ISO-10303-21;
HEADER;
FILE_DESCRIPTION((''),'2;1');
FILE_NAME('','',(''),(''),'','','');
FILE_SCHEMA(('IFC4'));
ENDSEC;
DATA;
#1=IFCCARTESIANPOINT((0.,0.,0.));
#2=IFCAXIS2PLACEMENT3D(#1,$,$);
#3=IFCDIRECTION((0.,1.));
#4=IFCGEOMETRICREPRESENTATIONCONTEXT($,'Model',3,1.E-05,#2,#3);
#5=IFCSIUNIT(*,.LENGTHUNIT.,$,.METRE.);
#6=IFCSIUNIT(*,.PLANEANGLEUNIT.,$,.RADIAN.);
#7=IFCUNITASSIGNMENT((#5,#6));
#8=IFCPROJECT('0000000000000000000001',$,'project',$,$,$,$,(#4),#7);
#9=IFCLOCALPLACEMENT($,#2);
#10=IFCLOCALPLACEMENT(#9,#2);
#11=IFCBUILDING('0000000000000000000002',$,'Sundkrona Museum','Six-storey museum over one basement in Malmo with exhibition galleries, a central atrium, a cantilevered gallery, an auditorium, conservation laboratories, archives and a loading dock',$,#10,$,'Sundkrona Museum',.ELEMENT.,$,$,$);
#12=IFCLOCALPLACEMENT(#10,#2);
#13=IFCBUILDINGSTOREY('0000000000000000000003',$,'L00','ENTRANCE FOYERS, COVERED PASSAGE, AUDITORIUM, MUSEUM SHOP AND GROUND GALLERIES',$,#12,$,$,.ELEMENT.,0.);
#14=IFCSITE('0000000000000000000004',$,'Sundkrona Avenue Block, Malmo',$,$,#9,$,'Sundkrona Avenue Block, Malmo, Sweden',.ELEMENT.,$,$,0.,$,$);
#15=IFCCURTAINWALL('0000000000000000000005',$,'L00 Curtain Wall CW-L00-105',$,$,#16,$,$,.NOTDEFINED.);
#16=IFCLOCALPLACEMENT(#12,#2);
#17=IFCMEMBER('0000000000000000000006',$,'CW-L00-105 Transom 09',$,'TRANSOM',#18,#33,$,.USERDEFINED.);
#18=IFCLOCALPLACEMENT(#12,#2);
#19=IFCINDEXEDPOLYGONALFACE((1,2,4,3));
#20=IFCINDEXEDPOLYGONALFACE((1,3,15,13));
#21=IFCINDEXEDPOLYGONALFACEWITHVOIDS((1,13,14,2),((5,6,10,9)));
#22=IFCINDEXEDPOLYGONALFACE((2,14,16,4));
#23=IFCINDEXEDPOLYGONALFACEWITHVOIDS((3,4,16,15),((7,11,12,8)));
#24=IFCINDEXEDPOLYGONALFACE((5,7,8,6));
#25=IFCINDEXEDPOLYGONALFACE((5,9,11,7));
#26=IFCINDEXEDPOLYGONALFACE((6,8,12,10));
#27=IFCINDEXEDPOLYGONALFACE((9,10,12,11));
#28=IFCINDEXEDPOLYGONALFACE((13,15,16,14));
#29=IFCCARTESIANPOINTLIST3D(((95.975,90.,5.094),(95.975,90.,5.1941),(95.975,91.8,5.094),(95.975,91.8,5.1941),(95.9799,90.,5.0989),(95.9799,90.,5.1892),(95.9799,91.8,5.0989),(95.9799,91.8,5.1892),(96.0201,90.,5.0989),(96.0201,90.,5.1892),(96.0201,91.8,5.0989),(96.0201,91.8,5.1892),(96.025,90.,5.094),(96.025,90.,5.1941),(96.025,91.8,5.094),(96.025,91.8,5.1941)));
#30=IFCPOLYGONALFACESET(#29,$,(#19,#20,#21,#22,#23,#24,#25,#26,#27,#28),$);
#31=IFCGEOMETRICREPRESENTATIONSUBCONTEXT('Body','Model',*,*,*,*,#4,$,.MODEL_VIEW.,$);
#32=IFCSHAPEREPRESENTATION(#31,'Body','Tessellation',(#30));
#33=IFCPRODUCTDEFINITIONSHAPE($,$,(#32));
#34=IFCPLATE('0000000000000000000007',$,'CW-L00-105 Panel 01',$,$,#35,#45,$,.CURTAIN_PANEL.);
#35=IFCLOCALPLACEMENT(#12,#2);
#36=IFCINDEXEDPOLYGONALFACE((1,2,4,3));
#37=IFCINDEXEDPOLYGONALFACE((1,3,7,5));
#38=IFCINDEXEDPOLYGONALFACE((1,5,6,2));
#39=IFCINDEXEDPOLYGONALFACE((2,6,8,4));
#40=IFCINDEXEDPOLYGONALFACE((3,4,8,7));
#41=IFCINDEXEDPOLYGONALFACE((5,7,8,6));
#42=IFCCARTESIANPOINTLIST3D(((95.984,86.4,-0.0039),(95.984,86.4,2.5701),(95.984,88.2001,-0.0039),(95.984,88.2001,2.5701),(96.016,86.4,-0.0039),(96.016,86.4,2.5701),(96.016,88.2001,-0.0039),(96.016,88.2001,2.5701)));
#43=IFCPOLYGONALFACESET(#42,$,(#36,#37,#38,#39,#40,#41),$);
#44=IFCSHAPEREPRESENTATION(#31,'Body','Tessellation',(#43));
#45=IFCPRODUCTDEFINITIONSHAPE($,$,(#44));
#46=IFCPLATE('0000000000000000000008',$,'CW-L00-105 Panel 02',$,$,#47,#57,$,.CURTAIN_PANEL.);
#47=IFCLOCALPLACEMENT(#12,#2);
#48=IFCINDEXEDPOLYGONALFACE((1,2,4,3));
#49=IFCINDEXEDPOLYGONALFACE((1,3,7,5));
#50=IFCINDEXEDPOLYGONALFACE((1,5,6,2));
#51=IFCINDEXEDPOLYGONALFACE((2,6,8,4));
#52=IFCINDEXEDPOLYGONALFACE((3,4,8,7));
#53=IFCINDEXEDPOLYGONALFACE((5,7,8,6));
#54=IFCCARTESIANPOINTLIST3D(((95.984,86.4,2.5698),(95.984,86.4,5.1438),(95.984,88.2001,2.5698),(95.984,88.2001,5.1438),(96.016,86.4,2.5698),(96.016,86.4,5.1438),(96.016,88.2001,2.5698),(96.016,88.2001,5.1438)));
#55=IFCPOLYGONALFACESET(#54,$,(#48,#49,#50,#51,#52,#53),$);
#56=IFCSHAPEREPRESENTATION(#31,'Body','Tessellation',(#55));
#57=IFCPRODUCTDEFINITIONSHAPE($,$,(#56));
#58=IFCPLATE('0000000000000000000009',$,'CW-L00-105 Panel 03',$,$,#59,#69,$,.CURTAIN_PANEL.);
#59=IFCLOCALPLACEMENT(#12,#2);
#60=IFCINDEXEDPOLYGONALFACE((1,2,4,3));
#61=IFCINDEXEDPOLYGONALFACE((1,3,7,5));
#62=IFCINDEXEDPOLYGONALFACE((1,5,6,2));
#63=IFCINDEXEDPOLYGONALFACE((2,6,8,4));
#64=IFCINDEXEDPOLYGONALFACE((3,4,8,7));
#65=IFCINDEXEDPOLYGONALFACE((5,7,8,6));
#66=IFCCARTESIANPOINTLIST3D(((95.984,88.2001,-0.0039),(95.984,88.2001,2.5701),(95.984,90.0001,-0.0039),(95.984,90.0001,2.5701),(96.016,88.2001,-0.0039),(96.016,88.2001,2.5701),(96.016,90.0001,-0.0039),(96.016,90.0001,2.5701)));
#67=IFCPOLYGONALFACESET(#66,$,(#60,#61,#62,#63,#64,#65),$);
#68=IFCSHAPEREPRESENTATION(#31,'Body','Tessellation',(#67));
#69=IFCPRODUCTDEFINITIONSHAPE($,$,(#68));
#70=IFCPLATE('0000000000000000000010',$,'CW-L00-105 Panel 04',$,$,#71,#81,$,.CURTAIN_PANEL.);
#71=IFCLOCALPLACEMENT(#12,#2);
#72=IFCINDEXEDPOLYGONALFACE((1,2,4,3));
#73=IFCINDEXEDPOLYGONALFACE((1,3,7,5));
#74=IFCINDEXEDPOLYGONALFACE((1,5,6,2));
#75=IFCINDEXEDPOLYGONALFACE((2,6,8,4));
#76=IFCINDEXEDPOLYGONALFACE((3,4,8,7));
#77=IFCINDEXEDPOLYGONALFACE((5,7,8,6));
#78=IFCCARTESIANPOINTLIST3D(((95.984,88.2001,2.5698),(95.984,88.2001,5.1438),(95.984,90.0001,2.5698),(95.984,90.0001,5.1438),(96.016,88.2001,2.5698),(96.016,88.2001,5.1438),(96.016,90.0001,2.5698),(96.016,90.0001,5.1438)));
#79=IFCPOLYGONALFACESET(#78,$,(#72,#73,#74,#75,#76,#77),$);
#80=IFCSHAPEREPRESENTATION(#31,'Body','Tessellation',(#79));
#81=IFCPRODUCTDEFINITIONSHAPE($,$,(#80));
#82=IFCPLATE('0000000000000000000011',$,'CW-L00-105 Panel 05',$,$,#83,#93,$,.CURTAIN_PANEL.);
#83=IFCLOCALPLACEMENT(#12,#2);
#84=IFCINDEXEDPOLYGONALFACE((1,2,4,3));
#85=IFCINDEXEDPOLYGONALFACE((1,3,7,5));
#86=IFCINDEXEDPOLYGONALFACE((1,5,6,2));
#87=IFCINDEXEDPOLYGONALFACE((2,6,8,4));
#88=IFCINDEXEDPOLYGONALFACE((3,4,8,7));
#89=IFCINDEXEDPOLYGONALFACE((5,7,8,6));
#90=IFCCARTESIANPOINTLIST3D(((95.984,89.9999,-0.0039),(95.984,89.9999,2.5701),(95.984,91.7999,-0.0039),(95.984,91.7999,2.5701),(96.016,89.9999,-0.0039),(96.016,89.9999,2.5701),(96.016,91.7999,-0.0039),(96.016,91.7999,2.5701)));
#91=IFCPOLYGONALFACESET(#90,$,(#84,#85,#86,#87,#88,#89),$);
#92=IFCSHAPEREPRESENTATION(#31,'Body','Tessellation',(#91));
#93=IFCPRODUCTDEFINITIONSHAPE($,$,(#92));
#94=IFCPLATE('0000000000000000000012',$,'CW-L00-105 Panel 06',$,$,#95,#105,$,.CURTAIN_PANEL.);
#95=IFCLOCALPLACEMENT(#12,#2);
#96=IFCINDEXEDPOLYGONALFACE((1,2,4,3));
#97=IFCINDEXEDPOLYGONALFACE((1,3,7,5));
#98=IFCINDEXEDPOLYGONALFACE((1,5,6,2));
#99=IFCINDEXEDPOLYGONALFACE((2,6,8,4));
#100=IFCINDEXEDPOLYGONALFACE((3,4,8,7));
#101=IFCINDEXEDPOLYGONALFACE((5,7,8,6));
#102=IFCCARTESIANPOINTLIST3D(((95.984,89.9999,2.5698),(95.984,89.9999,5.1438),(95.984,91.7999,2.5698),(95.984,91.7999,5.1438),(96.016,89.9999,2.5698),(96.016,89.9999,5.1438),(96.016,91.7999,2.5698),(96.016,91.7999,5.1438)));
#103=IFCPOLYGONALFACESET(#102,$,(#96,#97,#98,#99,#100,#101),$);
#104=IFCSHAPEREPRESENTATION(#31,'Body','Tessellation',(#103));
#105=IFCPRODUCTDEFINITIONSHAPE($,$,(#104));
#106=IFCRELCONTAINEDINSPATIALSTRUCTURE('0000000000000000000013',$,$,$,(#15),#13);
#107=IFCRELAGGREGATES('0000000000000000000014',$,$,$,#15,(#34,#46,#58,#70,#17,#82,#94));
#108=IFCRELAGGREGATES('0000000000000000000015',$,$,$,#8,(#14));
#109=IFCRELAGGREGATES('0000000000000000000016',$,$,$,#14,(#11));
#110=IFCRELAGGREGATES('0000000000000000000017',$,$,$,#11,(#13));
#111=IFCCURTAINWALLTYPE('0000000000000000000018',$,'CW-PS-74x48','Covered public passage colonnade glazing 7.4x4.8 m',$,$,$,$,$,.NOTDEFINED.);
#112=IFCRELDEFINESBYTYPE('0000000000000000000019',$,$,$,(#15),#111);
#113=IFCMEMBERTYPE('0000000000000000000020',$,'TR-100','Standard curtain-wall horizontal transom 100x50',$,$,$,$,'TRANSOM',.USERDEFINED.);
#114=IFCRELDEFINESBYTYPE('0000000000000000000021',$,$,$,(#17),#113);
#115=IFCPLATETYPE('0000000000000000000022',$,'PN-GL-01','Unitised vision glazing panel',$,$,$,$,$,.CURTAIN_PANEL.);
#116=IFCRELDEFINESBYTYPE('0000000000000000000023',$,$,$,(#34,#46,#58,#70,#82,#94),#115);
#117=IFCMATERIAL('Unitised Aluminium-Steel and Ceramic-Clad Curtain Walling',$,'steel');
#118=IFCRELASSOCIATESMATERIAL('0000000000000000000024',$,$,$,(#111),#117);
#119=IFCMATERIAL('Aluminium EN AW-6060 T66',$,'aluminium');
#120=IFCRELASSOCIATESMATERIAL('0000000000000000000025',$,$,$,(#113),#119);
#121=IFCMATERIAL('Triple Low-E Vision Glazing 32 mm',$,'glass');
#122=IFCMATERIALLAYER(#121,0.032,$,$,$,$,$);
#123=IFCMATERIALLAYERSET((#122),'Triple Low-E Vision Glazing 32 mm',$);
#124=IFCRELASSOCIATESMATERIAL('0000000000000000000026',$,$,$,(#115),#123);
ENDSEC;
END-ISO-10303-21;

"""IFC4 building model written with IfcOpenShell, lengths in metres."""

from ifc_helpers import new_model, si_unit, direction, frame, origin, origin_2d, place, context, subcontext, project, spatial, rectangle, hollow_rectangle, extrude, material, layer, layer_set, material_profile, profile_set, type_object, element, aggregate, save


model = new_model("IFC4")

# Units and contexts
model_context = context("Model", 3, precision=1e-05, world=origin(), true_north=direction((0.0, 1.0)))
body_context = subcontext(model_context, "Body", "Model", "MODEL_VIEW")
ifc_project = project(units=[si_unit("LENGTHUNIT", "METRE"), si_unit("PLANEANGLEUNIT", "RADIAN")], contexts=[model_context])

# Site, building, storey
site_placement = place(None, origin())
site = spatial("IfcSite", under=ifc_project, at=site_placement, Name="Sundkrona Avenue Block, Malmo", LongName="Sundkrona Avenue Block, Malmo, Sweden", CompositionType="ELEMENT", RefElevation=0.0)
building_placement = place(site_placement, origin())
building = spatial("IfcBuilding", under=site, at=building_placement, Name="Sundkrona Museum", Description="Six-storey museum over one basement in Malmo with exhibition galleries, a central atrium, a cantilevered gallery, an auditorium, conservation laboratories, archives and a loading dock", LongName="Sundkrona Museum", CompositionType="ELEMENT")
storey_placement = place(building_placement, origin())
storey = spatial("IfcBuildingStorey", under=building, at=storey_placement, Name="L00", Description="ENTRANCE FOYERS, COVERED PASSAGE, AUDITORIUM, MUSEUM SHOP AND GROUND GALLERIES", CompositionType="ELEMENT", Elevation=0.0)

# Curtain wall, member, plates
ifc_material_1 = material(Name="Unitised Aluminium-Steel and Ceramic-Clad Curtain Walling", Category="steel")
curtain_wall_type = type_object("IfcCurtainWallType", Name="CW-PS-74x48", Description="Covered public passage colonnade glazing 7.4x4.8 m", PredefinedType="NOTDEFINED", material=ifc_material_1)
curtain_wall_placement = place(storey_placement, origin())
curtain_wall = element("IfcCurtainWall", 1, at=curtain_wall_placement, inside=storey, type_object=curtain_wall_type, Name="L00 Curtain Wall CW-L00-105", PredefinedType="NOTDEFINED")
ifc_material_2 = material(Name="Aluminium EN AW-6060 T66", Category="aluminium")
ifc_material_profile_1 = material_profile(ifc_material_2, hollow_rectangle(XDim=0.05, YDim=0.1001, WallThickness=0.0049, at=origin_2d()), Name="RHS 100x50x5.0")
ifc_profile_set_1 = profile_set([ifc_material_profile_1], Name="Aluminium EN AW-6060 T66")
member_type_1 = type_object("IfcMemberType", Name="TR-100", Description="Standard curtain-wall horizontal transom 100x50", ElementType="TRANSOM", PredefinedType="USERDEFINED", material=ifc_profile_set_1)
member_1_placement = place(storey_placement, frame((96.0, 90.0, 5.144), z_axis=(0.0, 1.0, 0.0), x_axis=(-1.0, 0.0, 0.0)))
member_1 = element("IfcMember", 2, at=member_1_placement, type_object=member_type_1, Name="CW-L00-105 Transom 09", ObjectType="TRANSOM", PredefinedType="USERDEFINED", context=body_context, shape_type="SweptSolid", body=[
    extrude(hollow_rectangle(XDim=0.05, YDim=0.1001, WallThickness=0.0049, at=origin_2d()), origin(), (0.0, 0.0, 1.0), 1.8),
])
ifc_material_3 = material(Name="Triple Low-E Vision Glazing 32 mm", Category="glass")
ifc_layer = layer(ifc_material_3, 0.032)
ifc_layer_set = layer_set([ifc_layer], Name="Triple Low-E Vision Glazing 32 mm")
plate_type = type_object("IfcPlateType", Name="PN-GL-01", Description="Unitised vision glazing panel", PredefinedType="CURTAIN_PANEL", material=ifc_layer_set)
plate_1_placement = place(storey_placement, frame((96.0, 87.3, -0.0039), z_axis=(0.0, 0.0, 1.0), x_axis=(0.0, 1.0, 0.0)))
plate_1 = element("IfcPlate", 3, at=plate_1_placement, type_object=plate_type, Name="CW-L00-105 Panel 01", PredefinedType="CURTAIN_PANEL", context=body_context, shape_type="SweptSolid", body=[
    extrude(rectangle(XDim=1.8, YDim=0.032, at=origin_2d()), origin(), (0.0, 0.0, 1.0), 2.574),
])
plate_2_placement = place(storey_placement, frame((96.0, 87.3, 2.5698), z_axis=(0.0, 0.0, 1.0), x_axis=(0.0, 1.0, 0.0)))
plate_2 = element("IfcPlate", 4, at=plate_2_placement, type_object=plate_type, Name="CW-L00-105 Panel 02", PredefinedType="CURTAIN_PANEL", context=body_context, shape_type="SweptSolid", body=[
    extrude(rectangle(XDim=1.8, YDim=0.032, at=origin_2d()), origin(), (0.0, 0.0, 1.0), 2.574),
])
plate_3_placement = place(storey_placement, frame((96.0, 89.1001, -0.0039), z_axis=(0.0, 0.0, 1.0), x_axis=(0.0, 1.0, 0.0)))
plate_3 = element("IfcPlate", 5, at=plate_3_placement, type_object=plate_type, Name="CW-L00-105 Panel 03", PredefinedType="CURTAIN_PANEL", context=body_context, shape_type="SweptSolid", body=[
    extrude(rectangle(XDim=1.8, YDim=0.032, at=origin_2d()), origin(), (0.0, 0.0, 1.0), 2.574),
])
plate_4_placement = place(storey_placement, frame((96.0, 89.1001, 2.5698), z_axis=(0.0, 0.0, 1.0), x_axis=(0.0, 1.0, 0.0)))
plate_4 = element("IfcPlate", 6, at=plate_4_placement, type_object=plate_type, Name="CW-L00-105 Panel 04", PredefinedType="CURTAIN_PANEL", context=body_context, shape_type="SweptSolid", body=[
    extrude(rectangle(XDim=1.8, YDim=0.032, at=origin_2d()), origin(), (0.0, 0.0, 1.0), 2.574),
])
plate_5_placement = place(storey_placement, frame((96.0, 90.8999, -0.0039), z_axis=(0.0, 0.0, 1.0), x_axis=(0.0, 1.0, 0.0)))
plate_5 = element("IfcPlate", 7, at=plate_5_placement, type_object=plate_type, Name="CW-L00-105 Panel 05", PredefinedType="CURTAIN_PANEL", context=body_context, shape_type="SweptSolid", body=[
    extrude(rectangle(XDim=1.8, YDim=0.032, at=origin_2d()), origin(), (0.0, 0.0, 1.0), 2.574),
])
plate_6_placement = place(storey_placement, frame((96.0, 90.8999, 2.5698), z_axis=(0.0, 0.0, 1.0), x_axis=(0.0, 1.0, 0.0)))
plate_6 = element("IfcPlate", 8, at=plate_6_placement, type_object=plate_type, Name="CW-L00-105 Panel 06", PredefinedType="CURTAIN_PANEL", context=body_context, shape_type="SweptSolid", body=[
    extrude(rectangle(XDim=1.8, YDim=0.032, at=origin_2d()), origin(), (0.0, 0.0, 1.0), 2.574),
])
aggregate(curtain_wall, [plate_1, plate_2, plate_3, plate_4, member_1, plate_5, plate_6])

save(model, "model.ifc")
